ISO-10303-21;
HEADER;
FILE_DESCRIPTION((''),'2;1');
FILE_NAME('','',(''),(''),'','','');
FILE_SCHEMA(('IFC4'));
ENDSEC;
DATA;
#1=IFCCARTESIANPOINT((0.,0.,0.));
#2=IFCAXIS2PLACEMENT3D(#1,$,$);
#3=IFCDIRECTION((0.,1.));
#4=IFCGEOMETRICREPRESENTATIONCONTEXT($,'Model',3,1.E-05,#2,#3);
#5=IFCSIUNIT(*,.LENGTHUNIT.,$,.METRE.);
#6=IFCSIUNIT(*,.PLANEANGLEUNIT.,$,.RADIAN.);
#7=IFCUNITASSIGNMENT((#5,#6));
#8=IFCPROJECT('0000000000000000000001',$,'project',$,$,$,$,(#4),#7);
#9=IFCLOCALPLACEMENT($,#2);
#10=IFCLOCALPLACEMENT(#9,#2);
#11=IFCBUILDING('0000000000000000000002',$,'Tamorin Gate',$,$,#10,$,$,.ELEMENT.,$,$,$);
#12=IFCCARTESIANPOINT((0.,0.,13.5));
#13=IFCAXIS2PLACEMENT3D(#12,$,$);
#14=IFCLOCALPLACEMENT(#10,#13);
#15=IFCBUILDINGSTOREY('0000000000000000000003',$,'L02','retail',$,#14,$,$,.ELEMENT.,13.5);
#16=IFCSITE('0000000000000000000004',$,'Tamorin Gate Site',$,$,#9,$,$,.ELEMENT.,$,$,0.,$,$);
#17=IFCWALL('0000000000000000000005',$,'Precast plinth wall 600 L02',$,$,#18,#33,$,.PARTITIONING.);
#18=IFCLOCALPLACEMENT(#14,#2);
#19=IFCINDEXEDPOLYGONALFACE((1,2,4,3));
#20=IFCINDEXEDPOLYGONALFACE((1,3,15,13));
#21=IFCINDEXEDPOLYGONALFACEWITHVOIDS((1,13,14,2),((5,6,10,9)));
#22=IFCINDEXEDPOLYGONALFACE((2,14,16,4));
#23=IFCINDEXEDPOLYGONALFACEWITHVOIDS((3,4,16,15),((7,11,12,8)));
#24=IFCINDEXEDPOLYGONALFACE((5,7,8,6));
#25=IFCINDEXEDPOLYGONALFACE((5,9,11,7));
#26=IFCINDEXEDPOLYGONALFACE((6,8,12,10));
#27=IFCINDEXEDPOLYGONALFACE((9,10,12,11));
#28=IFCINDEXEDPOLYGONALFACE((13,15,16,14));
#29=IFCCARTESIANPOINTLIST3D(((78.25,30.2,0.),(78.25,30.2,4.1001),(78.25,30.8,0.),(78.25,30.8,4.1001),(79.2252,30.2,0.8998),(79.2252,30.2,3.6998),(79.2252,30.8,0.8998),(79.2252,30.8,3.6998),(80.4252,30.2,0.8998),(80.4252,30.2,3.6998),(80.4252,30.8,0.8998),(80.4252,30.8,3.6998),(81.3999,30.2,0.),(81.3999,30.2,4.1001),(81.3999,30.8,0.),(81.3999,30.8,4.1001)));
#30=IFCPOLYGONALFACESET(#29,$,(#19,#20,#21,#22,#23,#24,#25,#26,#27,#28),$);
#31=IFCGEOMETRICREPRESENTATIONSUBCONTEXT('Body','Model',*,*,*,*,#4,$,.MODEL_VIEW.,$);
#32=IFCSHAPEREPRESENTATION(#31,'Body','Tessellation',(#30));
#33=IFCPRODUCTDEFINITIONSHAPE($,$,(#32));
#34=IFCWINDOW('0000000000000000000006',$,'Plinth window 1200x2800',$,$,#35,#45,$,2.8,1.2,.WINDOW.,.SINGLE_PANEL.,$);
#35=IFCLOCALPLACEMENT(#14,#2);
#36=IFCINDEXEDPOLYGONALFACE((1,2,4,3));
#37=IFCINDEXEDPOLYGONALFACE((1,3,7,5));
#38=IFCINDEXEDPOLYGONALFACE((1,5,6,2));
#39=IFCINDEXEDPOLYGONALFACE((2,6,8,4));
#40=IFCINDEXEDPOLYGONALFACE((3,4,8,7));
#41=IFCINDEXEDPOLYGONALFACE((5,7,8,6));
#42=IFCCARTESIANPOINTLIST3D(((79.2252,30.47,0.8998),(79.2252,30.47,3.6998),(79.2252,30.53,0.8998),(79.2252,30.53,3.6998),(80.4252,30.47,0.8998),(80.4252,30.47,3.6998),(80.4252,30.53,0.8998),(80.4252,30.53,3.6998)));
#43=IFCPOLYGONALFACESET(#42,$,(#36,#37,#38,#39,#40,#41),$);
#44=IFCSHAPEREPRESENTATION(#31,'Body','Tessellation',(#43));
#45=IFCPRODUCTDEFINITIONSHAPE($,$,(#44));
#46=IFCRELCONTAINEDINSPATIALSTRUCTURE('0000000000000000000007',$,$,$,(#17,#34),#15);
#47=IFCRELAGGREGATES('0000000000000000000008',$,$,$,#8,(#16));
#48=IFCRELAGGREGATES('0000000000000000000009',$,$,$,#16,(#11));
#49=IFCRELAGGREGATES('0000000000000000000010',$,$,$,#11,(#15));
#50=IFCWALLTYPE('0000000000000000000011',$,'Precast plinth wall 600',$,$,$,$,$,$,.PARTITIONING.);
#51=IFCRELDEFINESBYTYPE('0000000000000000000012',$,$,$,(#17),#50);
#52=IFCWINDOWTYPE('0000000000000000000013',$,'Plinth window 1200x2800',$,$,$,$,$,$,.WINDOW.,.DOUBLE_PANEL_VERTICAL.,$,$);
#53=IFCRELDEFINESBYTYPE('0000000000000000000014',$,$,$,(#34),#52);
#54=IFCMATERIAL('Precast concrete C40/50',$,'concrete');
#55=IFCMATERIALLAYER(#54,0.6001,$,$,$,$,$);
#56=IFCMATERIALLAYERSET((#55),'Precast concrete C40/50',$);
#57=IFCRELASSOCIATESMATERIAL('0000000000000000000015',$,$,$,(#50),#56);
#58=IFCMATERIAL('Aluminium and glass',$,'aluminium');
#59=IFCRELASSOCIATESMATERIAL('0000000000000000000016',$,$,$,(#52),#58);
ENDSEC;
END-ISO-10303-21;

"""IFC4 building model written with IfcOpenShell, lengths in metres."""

from ifc_helpers import new_model, si_unit, direction, frame, frame_2d, origin, place, context, subcontext, project, spatial, rectangle, extrude, material, layer, layer_set, type_object, element, fill, save


model = new_model("IFC4")

# Units and contexts
model_context = context("Model", 3, precision=1e-05, world=origin(), true_north=direction((0.0, 1.0)))
body_context = subcontext(model_context, "Body", "Model", "MODEL_VIEW")
ifc_project = project(units=[si_unit("LENGTHUNIT", "METRE"), si_unit("PLANEANGLEUNIT", "RADIAN")], contexts=[model_context])

# Site, building, storey
site_placement = place(None, origin())
site = spatial("IfcSite", under=ifc_project, at=site_placement, Name="Tamorin Gate Site", CompositionType="ELEMENT", RefElevation=0.0)
building_placement = place(site_placement, origin())
building = spatial("IfcBuilding", under=site, at=building_placement, Name="Tamorin Gate", CompositionType="ELEMENT")
storey_placement = place(building_placement, frame((0.0, 0.0, 13.5)))
storey = spatial("IfcBuildingStorey", under=building, at=storey_placement, Name="L02", Description="retail", CompositionType="ELEMENT", Elevation=13.5)

# Shared definitions
ifc_material_1 = material(Name="Precast concrete C40/50", Category="concrete")
ifc_layer_1 = layer(ifc_material_1, 0.6001)
ifc_layer_set_1 = layer_set([ifc_layer_1], Name="Precast concrete C40/50")
wall_type_1 = type_object("IfcWallType", Name="Precast plinth wall 600", PredefinedType="PARTITIONING", material=ifc_layer_set_1)
ifc_material_2 = material(Name="Aluminium and glass", Category="aluminium")

# Wall, opening, window
window_type_1 = type_object("IfcWindowType", Name="Plinth window 1200x2800", PartitioningType="DOUBLE_PANEL_VERTICAL", PredefinedType="WINDOW", material=ifc_material_2)
wall_1_placement = place(storey_placement, frame((78.25, 30.5, 0.0), z_axis=(0.0, 0.0, 1.0), x_axis=(1.0, 0.0, 0.0)))
wall_1 = element("IfcWall", 1, at=wall_1_placement, inside=storey, type_object=wall_type_1, Name="Precast plinth wall 600 L02", PredefinedType="PARTITIONING", context=body_context, shape_type="SweptSolid", body=[
    extrude(rectangle(XDim=3.1499, YDim=0.6001, at=frame_2d((1.575, 0.0))), origin(), (0.0, 0.0, 1.0), 4.1001),
])
opening_1_placement = place(wall_1_placement, frame((0.9751, 0.0, 0.8999)))
opening_1 = element("IfcOpeningElement", 2, at=opening_1_placement, cuts=wall_1, PredefinedType="OPENING", context=body_context, shape_type="SweptSolid", body=[
    extrude(rectangle(XDim=1.2, YDim=2.8, at=frame_2d((0.6001, 1.3999))), frame((0.0, 0.3101, 0.0), z_axis=(0.0, -1.0, 0.0), x_axis=(1.0, 0.0, 0.0)), (0.0, 0.0, 1.0), 0.6201),
])
window_1_placement = place(opening_1_placement, origin())
window_1 = element("IfcWindow", 3, at=window_1_placement, inside=storey, type_object=window_type_1, Name="Plinth window 1200x2800", OverallHeight=2.8, OverallWidth=1.2, PartitioningType="SINGLE_PANEL", PredefinedType="WINDOW", context=body_context, shape_type="SweptSolid", body=[
    extrude(rectangle(XDim=1.2, YDim=2.8, at=frame_2d((0.6001, 1.3999))), frame((0.0, 0.03, 0.0), z_axis=(0.0, -1.0, 0.0), x_axis=(1.0, 0.0, 0.0)), (0.0, 0.0, 1.0), 0.0601),
])
fill(opening_1, window_1)

save(model, "model.ifc")
